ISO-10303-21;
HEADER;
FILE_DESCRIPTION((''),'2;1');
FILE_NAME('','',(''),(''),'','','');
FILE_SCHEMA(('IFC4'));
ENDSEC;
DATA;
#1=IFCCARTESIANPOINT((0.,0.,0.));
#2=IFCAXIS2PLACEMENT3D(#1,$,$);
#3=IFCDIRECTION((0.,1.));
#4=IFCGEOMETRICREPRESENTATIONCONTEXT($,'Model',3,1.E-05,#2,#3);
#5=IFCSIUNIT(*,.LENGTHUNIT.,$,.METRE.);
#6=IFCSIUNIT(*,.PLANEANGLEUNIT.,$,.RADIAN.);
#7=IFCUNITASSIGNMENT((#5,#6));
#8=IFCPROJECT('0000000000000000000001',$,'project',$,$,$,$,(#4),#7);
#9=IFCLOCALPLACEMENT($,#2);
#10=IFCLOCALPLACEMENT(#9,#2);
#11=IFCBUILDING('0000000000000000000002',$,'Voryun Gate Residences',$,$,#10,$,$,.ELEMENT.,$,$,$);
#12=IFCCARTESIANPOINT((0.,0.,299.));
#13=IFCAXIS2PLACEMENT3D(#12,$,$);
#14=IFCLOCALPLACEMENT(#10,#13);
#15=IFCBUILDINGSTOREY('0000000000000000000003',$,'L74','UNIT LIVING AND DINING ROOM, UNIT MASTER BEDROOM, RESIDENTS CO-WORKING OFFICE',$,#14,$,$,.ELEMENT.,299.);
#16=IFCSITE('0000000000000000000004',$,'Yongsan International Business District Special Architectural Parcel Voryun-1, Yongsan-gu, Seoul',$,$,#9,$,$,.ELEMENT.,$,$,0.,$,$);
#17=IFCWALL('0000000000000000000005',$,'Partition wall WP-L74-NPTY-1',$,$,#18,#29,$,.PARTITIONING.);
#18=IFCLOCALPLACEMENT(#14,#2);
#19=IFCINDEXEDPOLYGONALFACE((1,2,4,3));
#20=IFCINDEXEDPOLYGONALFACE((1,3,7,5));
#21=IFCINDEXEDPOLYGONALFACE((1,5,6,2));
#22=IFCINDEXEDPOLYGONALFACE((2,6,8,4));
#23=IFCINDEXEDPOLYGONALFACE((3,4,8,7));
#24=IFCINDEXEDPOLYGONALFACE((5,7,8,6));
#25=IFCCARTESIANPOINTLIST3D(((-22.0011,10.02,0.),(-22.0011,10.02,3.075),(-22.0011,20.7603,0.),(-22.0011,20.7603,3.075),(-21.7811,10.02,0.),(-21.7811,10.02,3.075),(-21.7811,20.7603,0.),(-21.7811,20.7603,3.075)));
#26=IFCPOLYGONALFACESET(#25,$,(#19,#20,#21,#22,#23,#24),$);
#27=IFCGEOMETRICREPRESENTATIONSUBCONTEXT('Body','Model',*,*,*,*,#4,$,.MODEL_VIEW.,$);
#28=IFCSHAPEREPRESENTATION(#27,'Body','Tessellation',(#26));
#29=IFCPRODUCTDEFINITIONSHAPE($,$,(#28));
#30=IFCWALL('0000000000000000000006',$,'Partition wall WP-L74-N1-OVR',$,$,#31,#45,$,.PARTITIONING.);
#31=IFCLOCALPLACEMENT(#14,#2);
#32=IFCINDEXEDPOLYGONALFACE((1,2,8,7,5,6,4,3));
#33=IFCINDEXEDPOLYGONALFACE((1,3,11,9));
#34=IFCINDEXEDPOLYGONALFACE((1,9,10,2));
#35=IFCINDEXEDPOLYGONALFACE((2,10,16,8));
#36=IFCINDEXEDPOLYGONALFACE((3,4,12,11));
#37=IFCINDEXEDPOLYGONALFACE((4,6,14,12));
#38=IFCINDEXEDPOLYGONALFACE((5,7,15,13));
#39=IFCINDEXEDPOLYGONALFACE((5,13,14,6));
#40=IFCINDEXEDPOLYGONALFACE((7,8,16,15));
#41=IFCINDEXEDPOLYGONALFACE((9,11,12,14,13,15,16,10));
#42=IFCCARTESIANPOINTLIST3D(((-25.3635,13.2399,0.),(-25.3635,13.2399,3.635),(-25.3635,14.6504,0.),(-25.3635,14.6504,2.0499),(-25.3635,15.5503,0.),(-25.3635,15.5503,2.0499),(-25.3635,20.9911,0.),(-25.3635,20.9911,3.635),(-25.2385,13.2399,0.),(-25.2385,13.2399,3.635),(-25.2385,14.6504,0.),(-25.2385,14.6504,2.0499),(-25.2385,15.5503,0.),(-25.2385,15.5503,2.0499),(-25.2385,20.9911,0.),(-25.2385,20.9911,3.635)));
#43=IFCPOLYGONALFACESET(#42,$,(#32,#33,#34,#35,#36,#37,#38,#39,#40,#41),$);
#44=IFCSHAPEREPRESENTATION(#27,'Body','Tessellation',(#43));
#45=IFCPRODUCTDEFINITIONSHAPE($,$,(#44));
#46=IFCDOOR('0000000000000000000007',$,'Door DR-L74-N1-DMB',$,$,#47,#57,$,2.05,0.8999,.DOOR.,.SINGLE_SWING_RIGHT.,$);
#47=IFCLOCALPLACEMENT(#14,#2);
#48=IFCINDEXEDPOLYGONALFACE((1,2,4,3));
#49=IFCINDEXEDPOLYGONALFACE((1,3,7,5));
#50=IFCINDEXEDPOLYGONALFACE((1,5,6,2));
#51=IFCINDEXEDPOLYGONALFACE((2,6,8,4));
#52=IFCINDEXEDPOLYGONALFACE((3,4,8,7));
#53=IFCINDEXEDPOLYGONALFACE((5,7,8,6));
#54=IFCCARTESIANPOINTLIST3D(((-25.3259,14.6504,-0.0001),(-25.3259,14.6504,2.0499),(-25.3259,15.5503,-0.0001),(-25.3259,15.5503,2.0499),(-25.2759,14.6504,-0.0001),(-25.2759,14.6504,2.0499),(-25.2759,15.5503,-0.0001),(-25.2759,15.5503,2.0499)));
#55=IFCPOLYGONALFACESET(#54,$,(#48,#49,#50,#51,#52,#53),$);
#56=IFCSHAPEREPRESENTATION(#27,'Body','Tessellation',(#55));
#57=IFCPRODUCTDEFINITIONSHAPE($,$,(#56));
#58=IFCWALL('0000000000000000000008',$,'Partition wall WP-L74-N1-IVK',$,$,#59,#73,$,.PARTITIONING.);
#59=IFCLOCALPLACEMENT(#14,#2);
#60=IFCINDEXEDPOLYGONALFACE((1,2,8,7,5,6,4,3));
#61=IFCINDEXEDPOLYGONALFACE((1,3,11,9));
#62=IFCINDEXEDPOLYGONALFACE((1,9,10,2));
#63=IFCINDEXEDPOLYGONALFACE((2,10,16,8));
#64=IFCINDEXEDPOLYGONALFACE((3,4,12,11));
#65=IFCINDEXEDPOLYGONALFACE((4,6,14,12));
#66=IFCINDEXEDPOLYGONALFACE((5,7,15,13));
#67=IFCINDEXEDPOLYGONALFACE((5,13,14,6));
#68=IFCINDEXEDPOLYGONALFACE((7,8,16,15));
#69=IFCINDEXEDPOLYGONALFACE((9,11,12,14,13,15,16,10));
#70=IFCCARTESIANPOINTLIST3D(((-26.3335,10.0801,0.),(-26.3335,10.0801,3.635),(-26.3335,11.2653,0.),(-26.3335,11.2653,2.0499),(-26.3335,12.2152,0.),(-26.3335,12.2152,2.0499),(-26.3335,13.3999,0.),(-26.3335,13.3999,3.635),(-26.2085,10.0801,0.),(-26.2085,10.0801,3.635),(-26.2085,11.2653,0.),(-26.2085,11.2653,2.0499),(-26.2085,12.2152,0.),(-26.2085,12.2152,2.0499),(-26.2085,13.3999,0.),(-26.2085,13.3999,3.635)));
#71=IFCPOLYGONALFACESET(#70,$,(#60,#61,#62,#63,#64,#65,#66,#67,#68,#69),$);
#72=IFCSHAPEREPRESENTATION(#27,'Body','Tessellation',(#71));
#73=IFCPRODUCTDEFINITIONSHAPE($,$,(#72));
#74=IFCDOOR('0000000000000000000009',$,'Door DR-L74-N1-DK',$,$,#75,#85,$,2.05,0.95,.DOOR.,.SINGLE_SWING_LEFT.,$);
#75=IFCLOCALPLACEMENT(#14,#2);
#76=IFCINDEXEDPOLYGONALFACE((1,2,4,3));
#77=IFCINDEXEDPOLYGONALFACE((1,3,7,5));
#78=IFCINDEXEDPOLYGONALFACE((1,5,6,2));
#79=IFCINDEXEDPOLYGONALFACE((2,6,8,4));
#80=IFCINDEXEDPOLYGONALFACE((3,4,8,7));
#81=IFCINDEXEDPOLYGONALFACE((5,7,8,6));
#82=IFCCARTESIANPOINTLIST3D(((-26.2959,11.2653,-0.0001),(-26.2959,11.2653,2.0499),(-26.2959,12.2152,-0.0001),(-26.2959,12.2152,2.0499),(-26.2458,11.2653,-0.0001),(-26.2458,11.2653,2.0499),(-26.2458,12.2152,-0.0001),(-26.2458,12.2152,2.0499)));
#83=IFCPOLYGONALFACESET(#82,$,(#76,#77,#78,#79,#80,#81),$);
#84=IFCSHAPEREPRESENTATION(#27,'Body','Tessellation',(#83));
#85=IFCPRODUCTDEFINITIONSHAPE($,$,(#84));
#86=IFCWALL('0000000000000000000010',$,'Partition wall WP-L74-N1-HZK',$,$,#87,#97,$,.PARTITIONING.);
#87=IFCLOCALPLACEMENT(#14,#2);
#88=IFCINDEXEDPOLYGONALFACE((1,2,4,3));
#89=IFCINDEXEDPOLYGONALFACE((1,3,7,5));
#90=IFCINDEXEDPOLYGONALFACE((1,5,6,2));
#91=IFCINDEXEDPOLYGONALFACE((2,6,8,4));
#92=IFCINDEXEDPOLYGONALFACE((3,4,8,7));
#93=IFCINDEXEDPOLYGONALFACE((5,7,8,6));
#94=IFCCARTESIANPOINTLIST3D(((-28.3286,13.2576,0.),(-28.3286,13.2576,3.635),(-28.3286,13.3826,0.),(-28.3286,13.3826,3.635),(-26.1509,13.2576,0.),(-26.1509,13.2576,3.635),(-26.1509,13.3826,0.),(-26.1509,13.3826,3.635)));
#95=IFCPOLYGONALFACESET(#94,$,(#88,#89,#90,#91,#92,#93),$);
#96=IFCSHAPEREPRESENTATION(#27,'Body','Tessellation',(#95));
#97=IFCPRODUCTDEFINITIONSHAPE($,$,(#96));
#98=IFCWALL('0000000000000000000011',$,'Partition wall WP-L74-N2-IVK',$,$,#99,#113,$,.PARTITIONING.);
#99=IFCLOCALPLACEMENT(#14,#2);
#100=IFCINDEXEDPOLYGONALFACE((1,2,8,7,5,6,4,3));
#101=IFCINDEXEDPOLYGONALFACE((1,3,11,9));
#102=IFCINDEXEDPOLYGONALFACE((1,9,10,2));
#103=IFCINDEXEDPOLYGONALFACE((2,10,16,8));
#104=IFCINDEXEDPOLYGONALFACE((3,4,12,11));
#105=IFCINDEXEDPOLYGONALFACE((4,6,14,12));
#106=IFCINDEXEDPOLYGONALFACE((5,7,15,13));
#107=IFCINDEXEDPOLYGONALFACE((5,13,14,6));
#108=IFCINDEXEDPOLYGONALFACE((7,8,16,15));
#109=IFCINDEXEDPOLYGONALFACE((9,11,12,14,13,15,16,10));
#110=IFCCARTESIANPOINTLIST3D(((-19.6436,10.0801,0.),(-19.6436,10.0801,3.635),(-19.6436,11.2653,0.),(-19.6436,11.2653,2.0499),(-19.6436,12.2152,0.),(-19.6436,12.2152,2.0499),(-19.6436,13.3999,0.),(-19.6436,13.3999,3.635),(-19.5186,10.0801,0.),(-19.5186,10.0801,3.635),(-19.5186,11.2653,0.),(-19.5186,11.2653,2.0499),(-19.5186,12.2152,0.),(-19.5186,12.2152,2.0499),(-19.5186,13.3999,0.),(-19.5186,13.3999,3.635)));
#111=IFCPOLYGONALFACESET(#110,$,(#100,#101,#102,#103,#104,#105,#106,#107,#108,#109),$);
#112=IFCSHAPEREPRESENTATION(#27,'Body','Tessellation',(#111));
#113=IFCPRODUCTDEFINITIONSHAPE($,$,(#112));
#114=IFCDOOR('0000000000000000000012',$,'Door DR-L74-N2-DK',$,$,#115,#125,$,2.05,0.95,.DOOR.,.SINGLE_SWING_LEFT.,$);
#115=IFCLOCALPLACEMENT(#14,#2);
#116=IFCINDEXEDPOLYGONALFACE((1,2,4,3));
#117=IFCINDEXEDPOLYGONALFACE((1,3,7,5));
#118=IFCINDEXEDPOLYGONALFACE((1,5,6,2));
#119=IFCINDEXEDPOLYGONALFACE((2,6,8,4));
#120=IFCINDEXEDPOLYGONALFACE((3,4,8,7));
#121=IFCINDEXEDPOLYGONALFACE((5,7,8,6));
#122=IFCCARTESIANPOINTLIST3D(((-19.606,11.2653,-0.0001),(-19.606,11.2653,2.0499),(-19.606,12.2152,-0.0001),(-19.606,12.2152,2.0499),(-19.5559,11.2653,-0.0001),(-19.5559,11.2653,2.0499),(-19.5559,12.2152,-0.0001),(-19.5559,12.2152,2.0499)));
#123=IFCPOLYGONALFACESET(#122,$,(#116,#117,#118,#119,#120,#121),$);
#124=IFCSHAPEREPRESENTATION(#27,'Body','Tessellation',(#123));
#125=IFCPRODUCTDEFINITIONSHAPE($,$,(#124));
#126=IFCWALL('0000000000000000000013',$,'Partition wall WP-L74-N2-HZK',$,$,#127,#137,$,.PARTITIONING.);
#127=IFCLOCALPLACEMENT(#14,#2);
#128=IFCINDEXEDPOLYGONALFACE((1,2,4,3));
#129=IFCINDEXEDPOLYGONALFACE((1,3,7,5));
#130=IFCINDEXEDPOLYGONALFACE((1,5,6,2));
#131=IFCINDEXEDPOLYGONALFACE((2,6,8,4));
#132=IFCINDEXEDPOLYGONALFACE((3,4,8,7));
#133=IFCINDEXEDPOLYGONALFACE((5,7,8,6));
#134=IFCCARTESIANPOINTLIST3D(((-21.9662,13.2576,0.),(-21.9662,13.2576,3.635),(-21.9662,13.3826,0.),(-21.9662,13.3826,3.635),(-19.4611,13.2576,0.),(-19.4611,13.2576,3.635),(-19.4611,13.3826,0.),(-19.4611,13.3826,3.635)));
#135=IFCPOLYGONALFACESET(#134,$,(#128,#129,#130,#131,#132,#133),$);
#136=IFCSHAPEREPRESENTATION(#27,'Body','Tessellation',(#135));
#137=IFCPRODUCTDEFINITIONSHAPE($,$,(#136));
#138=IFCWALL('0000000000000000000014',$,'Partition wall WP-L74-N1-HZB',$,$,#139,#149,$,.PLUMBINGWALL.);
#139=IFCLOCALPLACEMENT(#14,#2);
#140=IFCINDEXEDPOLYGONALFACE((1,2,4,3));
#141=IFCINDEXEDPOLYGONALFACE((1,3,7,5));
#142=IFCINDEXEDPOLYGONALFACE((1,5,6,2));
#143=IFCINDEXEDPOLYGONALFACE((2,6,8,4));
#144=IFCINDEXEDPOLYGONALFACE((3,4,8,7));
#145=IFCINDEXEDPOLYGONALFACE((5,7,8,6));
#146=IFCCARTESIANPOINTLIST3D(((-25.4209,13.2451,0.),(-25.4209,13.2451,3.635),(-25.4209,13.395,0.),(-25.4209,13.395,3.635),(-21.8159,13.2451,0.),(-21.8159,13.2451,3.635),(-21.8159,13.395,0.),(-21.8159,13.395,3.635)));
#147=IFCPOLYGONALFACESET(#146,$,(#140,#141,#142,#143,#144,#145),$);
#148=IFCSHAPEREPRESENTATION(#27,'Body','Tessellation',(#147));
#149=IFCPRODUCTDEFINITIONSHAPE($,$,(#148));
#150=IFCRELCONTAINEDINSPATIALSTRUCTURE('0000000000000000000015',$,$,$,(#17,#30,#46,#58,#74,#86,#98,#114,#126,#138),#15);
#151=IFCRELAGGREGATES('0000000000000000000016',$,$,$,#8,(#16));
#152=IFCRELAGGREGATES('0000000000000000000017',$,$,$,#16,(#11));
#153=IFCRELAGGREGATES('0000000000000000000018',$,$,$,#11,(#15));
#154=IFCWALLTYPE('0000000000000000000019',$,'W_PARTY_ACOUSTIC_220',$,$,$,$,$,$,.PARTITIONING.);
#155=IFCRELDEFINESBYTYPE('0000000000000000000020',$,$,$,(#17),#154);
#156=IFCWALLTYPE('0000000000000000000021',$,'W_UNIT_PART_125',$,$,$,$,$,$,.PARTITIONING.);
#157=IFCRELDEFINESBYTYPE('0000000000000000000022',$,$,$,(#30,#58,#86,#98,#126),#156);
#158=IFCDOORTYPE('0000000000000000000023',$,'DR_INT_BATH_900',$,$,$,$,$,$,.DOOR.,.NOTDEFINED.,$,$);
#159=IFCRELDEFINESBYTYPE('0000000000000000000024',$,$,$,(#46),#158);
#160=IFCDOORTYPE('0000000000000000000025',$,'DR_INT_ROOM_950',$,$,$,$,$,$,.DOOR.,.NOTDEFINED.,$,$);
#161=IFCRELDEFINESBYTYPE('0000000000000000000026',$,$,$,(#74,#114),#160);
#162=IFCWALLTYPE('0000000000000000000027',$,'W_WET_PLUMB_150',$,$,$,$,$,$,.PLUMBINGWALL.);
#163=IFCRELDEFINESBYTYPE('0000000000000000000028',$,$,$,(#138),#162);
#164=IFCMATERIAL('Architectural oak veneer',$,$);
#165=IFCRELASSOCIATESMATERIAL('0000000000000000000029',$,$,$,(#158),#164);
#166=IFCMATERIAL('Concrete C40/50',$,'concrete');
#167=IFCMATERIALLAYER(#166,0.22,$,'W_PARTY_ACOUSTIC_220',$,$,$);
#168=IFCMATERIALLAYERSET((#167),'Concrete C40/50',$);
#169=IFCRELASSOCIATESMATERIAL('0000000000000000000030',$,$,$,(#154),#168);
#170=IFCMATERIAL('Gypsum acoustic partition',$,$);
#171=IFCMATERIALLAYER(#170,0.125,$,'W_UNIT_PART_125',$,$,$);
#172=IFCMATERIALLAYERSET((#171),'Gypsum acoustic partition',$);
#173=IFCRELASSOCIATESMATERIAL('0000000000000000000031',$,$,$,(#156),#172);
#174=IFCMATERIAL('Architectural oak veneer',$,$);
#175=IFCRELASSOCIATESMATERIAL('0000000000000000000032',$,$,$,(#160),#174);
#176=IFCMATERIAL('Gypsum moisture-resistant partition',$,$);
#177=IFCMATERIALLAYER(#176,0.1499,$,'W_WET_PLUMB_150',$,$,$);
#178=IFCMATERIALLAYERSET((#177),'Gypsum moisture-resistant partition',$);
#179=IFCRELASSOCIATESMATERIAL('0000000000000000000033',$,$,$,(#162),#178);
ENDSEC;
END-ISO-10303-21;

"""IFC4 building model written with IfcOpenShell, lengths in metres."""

from ifc_helpers import new_model, si_unit, direction, frame, frame_2d, origin, place, context, subcontext, project, spatial, rectangle, extrude, material, layer, layer_set, type_object, element, fill, save


model = new_model("IFC4")

# Units and contexts
model_context = context("Model", 3, precision=1e-05, world=origin(), true_north=direction((0.0, 1.0)))
body_context = subcontext(model_context, "Body", "Model", "MODEL_VIEW")
ifc_project = project(units=[si_unit("LENGTHUNIT", "METRE"), si_unit("PLANEANGLEUNIT", "RADIAN")], contexts=[model_context])

# Site, building, storey
site_placement = place(None, origin())
site = spatial("IfcSite", under=ifc_project, at=site_placement, Name="Yongsan International Business District Special Architectural Parcel Voryun-1, Yongsan-gu, Seoul", CompositionType="ELEMENT", RefElevation=0.0)
building_placement = place(site_placement, origin())
building = spatial("IfcBuilding", under=site, at=building_placement, Name="Voryun Gate Residences", CompositionType="ELEMENT")
storey_placement = place(building_placement, frame((0.0, 0.0, 299.0)))
storey = spatial("IfcBuildingStorey", under=building, at=storey_placement, Name="L74", Description="UNIT LIVING AND DINING ROOM, UNIT MASTER BEDROOM, RESIDENTS CO-WORKING OFFICE", CompositionType="ELEMENT", Elevation=299.0)

# Shared definitions
ifc_material_1 = material(Name="Architectural oak veneer")
door_type_1 = type_object("IfcDoorType", Name="DR_INT_BATH_900", OperationType="NOTDEFINED", PredefinedType="DOOR", material=ifc_material_1)

# Wall
ifc_material_2 = material(Name="Concrete C40/50", Category="concrete")
ifc_layer_1 = layer(ifc_material_2, 0.22, Name="W_PARTY_ACOUSTIC_220")
ifc_layer_set_1 = layer_set([ifc_layer_1], Name="Concrete C40/50")
wall_type_1 = type_object("IfcWallType", Name="W_PARTY_ACOUSTIC_220", PredefinedType="PARTITIONING", material=ifc_layer_set_1)
wall_1_placement = place(storey_placement, frame((-21.8911, 10.02, 0.0), z_axis=(0.0, 0.0, 1.0), x_axis=(0.0, 1.0, 0.0)))
element("IfcWall", 1, at=wall_1_placement, inside=storey, type_object=wall_type_1, Name="Partition wall WP-L74-NPTY-1", PredefinedType="PARTITIONING", context=body_context, shape_type="SweptSolid", body=[
    extrude(rectangle(XDim=10.7402, YDim=0.22, at=frame_2d((5.3701, 0.0))), origin(), (0.0, 0.0, 1.0), 3.075),
])

# Walls, openings, doors
ifc_material_3 = material(Name="Gypsum acoustic partition")
ifc_layer_2 = layer(ifc_material_3, 0.125, Name="W_UNIT_PART_125")
ifc_layer_set_2 = layer_set([ifc_layer_2], Name="Gypsum acoustic partition")
wall_type_2 = type_object("IfcWallType", Name="W_UNIT_PART_125", PredefinedType="PARTITIONING", material=ifc_layer_set_2)
wall_2_placement = place(storey_placement, frame((-25.301, 13.24, 0.0), z_axis=(0.0, 0.0, 1.0), x_axis=(0.0, 1.0, 0.0)))
wall_2 = element("IfcWall", 2, at=wall_2_placement, inside=storey, type_object=wall_type_2, Name="Partition wall WP-L74-N1-OVR", PredefinedType="PARTITIONING", context=body_context, shape_type="SweptSolid", body=[
    extrude(rectangle(XDim=7.7512, YDim=0.125, at=frame_2d((3.8755, 0.0))), origin(), (0.0, 0.0, 1.0), 3.635),
])
opening_1_placement = place(wall_2_placement, frame((1.4104, 0.0, 0.0)))
opening_1 = element("IfcOpeningElement", 3, at=opening_1_placement, cuts=wall_2, PredefinedType="OPENING", context=body_context, shape_type="SweptSolid", body=[
    extrude(rectangle(XDim=0.8999, YDim=2.05, at=frame_2d((0.45, 1.0249))), frame((0.0, 0.0725, 0.0), z_axis=(0.0, -1.0, 0.0), x_axis=(1.0, 0.0, 0.0)), (0.0, 0.0, 1.0), 0.145),
])
door_1_placement = place(opening_1_placement, origin())
door_1 = element("IfcDoor", 4, at=door_1_placement, inside=storey, type_object=door_type_1, Name="Door DR-L74-N1-DMB", OperationType="SINGLE_SWING_RIGHT", OverallHeight=2.05, OverallWidth=0.8999, PredefinedType="DOOR", context=body_context, shape_type="SweptSolid", body=[
    extrude(rectangle(XDim=0.8999, YDim=2.05, at=frame_2d((0.45, 1.0249))), frame((0.0, 0.0249, 0.0), z_axis=(0.0, -1.0, 0.0), x_axis=(1.0, 0.0, 0.0)), (0.0, 0.0, 1.0), 0.05),
])
fill(opening_1, door_1)
wall_3_placement = place(storey_placement, frame((-26.271, 10.0801, 0.0), z_axis=(0.0, 0.0, 1.0), x_axis=(0.0, 1.0, 0.0)))
wall_3 = element("IfcWall", 5, at=wall_3_placement, inside=storey, type_object=wall_type_2, Name="Partition wall WP-L74-N1-IVK", PredefinedType="PARTITIONING", context=body_context, shape_type="SweptSolid", body=[
    extrude(rectangle(XDim=3.3198, YDim=0.125, at=frame_2d((1.6599, 0.0))), origin(), (0.0, 0.0, 1.0), 3.635),
])
opening_2_placement = place(wall_3_placement, frame((1.1851, 0.0, 0.0)))
opening_2 = element("IfcOpeningElement", 6, at=opening_2_placement, cuts=wall_3, PredefinedType="OPENING", context=body_context, shape_type="SweptSolid", body=[
    extrude(rectangle(XDim=0.95, YDim=2.05, at=frame_2d((0.4751, 1.0249))), frame((0.0, 0.0725, 0.0), z_axis=(0.0, -1.0, 0.0), x_axis=(1.0, 0.0, 0.0)), (0.0, 0.0, 1.0), 0.145),
])
ifc_material_4 = material(Name="Architectural oak veneer")
door_type_2 = type_object("IfcDoorType", Name="DR_INT_ROOM_950", OperationType="NOTDEFINED", PredefinedType="DOOR", material=ifc_material_4)
door_2_placement = place(opening_2_placement, origin())
door_2 = element("IfcDoor", 7, at=door_2_placement, inside=storey, type_object=door_type_2, Name="Door DR-L74-N1-DK", OperationType="SINGLE_SWING_LEFT", OverallHeight=2.05, OverallWidth=0.95, PredefinedType="DOOR", context=body_context, shape_type="SweptSolid", body=[
    extrude(rectangle(XDim=0.95, YDim=2.05, at=frame_2d((0.4751, 1.0249))), frame((0.0, 0.0249, 0.0), z_axis=(0.0, -1.0, 0.0), x_axis=(1.0, 0.0, 0.0)), (0.0, 0.0, 1.0), 0.05),
])
fill(opening_2, door_2)

# Wall
wall_4_placement = place(storey_placement, frame((-28.3286, 13.3201, 0.0), z_axis=(0.0, 0.0, 1.0), x_axis=(1.0, 0.0, 0.0)))
element("IfcWall", 8, at=wall_4_placement, inside=storey, type_object=wall_type_2, Name="Partition wall WP-L74-N1-HZK", PredefinedType="PARTITIONING", context=body_context, shape_type="SweptSolid", body=[
    extrude(rectangle(XDim=2.1777, YDim=0.125, at=frame_2d((1.0889, 0.0))), origin(), (0.0, 0.0, 1.0), 3.635),
])

# Wall, opening, door
wall_5_placement = place(storey_placement, frame((-19.5811, 10.0801, 0.0), z_axis=(0.0, 0.0, 1.0), x_axis=(0.0, 1.0, 0.0)))
wall_5 = element("IfcWall", 9, at=wall_5_placement, inside=storey, type_object=wall_type_2, Name="Partition wall WP-L74-N2-IVK", PredefinedType="PARTITIONING", context=body_context, shape_type="SweptSolid", body=[
    extrude(rectangle(XDim=3.3198, YDim=0.125, at=frame_2d((1.6599, 0.0))), origin(), (0.0, 0.0, 1.0), 3.635),
])
opening_3_placement = place(wall_5_placement, frame((1.1851, 0.0, 0.0)))
opening_3 = element("IfcOpeningElement", 10, at=opening_3_placement, cuts=wall_5, PredefinedType="OPENING", context=body_context, shape_type="SweptSolid", body=[
    extrude(rectangle(XDim=0.95, YDim=2.05, at=frame_2d((0.4751, 1.0249))), frame((0.0, 0.0725, 0.0), z_axis=(0.0, -1.0, 0.0), x_axis=(1.0, 0.0, 0.0)), (0.0, 0.0, 1.0), 0.145),
])
door_3_placement = place(opening_3_placement, origin())
door_3 = element("IfcDoor", 11, at=door_3_placement, inside=storey, type_object=door_type_2, Name="Door DR-L74-N2-DK", OperationType="SINGLE_SWING_LEFT", OverallHeight=2.05, OverallWidth=0.95, PredefinedType="DOOR", context=body_context, shape_type="SweptSolid", body=[
    extrude(rectangle(XDim=0.95, YDim=2.05, at=frame_2d((0.4751, 1.0249))), frame((0.0, 0.0249, 0.0), z_axis=(0.0, -1.0, 0.0), x_axis=(1.0, 0.0, 0.0)), (0.0, 0.0, 1.0), 0.05),
])
fill(opening_3, door_3)

# Walls
wall_6_placement = place(storey_placement, frame((-21.9661, 13.3201, 0.0), z_axis=(0.0, 0.0, 1.0), x_axis=(1.0, 0.0, 0.0)))
element("IfcWall", 12, at=wall_6_placement, inside=storey, type_object=wall_type_2, Name="Partition wall WP-L74-N2-HZK", PredefinedType="PARTITIONING", context=body_context, shape_type="SweptSolid", body=[
    extrude(rectangle(XDim=2.5051, YDim=0.125, at=frame_2d((1.2524, 0.0))), origin(), (0.0, 0.0, 1.0), 3.635),
])
ifc_material_5 = material(Name="Gypsum moisture-resistant partition")
ifc_layer_3 = layer(ifc_material_5, 0.1499, Name="W_WET_PLUMB_150")
ifc_layer_set_3 = layer_set([ifc_layer_3], Name="Gypsum moisture-resistant partition")
wall_type_3 = type_object("IfcWallType", Name="W_WET_PLUMB_150", PredefinedType="PLUMBINGWALL", material=ifc_layer_set_3)
wall_7_placement = place(storey_placement, frame((-25.4209, 13.3201, 0.0), z_axis=(0.0, 0.0, 1.0), x_axis=(1.0, 0.0, 0.0)))
element("IfcWall", 13, at=wall_7_placement, inside=storey, type_object=wall_type_3, Name="Partition wall WP-L74-N1-HZB", PredefinedType="PLUMBINGWALL", context=body_context, shape_type="SweptSolid", body=[
    extrude(rectangle(XDim=3.605, YDim=0.1499, at=frame_2d((1.8025, 0.0))), origin(), (0.0, 0.0, 1.0), 3.635),
])

save(model, "model.ifc")
